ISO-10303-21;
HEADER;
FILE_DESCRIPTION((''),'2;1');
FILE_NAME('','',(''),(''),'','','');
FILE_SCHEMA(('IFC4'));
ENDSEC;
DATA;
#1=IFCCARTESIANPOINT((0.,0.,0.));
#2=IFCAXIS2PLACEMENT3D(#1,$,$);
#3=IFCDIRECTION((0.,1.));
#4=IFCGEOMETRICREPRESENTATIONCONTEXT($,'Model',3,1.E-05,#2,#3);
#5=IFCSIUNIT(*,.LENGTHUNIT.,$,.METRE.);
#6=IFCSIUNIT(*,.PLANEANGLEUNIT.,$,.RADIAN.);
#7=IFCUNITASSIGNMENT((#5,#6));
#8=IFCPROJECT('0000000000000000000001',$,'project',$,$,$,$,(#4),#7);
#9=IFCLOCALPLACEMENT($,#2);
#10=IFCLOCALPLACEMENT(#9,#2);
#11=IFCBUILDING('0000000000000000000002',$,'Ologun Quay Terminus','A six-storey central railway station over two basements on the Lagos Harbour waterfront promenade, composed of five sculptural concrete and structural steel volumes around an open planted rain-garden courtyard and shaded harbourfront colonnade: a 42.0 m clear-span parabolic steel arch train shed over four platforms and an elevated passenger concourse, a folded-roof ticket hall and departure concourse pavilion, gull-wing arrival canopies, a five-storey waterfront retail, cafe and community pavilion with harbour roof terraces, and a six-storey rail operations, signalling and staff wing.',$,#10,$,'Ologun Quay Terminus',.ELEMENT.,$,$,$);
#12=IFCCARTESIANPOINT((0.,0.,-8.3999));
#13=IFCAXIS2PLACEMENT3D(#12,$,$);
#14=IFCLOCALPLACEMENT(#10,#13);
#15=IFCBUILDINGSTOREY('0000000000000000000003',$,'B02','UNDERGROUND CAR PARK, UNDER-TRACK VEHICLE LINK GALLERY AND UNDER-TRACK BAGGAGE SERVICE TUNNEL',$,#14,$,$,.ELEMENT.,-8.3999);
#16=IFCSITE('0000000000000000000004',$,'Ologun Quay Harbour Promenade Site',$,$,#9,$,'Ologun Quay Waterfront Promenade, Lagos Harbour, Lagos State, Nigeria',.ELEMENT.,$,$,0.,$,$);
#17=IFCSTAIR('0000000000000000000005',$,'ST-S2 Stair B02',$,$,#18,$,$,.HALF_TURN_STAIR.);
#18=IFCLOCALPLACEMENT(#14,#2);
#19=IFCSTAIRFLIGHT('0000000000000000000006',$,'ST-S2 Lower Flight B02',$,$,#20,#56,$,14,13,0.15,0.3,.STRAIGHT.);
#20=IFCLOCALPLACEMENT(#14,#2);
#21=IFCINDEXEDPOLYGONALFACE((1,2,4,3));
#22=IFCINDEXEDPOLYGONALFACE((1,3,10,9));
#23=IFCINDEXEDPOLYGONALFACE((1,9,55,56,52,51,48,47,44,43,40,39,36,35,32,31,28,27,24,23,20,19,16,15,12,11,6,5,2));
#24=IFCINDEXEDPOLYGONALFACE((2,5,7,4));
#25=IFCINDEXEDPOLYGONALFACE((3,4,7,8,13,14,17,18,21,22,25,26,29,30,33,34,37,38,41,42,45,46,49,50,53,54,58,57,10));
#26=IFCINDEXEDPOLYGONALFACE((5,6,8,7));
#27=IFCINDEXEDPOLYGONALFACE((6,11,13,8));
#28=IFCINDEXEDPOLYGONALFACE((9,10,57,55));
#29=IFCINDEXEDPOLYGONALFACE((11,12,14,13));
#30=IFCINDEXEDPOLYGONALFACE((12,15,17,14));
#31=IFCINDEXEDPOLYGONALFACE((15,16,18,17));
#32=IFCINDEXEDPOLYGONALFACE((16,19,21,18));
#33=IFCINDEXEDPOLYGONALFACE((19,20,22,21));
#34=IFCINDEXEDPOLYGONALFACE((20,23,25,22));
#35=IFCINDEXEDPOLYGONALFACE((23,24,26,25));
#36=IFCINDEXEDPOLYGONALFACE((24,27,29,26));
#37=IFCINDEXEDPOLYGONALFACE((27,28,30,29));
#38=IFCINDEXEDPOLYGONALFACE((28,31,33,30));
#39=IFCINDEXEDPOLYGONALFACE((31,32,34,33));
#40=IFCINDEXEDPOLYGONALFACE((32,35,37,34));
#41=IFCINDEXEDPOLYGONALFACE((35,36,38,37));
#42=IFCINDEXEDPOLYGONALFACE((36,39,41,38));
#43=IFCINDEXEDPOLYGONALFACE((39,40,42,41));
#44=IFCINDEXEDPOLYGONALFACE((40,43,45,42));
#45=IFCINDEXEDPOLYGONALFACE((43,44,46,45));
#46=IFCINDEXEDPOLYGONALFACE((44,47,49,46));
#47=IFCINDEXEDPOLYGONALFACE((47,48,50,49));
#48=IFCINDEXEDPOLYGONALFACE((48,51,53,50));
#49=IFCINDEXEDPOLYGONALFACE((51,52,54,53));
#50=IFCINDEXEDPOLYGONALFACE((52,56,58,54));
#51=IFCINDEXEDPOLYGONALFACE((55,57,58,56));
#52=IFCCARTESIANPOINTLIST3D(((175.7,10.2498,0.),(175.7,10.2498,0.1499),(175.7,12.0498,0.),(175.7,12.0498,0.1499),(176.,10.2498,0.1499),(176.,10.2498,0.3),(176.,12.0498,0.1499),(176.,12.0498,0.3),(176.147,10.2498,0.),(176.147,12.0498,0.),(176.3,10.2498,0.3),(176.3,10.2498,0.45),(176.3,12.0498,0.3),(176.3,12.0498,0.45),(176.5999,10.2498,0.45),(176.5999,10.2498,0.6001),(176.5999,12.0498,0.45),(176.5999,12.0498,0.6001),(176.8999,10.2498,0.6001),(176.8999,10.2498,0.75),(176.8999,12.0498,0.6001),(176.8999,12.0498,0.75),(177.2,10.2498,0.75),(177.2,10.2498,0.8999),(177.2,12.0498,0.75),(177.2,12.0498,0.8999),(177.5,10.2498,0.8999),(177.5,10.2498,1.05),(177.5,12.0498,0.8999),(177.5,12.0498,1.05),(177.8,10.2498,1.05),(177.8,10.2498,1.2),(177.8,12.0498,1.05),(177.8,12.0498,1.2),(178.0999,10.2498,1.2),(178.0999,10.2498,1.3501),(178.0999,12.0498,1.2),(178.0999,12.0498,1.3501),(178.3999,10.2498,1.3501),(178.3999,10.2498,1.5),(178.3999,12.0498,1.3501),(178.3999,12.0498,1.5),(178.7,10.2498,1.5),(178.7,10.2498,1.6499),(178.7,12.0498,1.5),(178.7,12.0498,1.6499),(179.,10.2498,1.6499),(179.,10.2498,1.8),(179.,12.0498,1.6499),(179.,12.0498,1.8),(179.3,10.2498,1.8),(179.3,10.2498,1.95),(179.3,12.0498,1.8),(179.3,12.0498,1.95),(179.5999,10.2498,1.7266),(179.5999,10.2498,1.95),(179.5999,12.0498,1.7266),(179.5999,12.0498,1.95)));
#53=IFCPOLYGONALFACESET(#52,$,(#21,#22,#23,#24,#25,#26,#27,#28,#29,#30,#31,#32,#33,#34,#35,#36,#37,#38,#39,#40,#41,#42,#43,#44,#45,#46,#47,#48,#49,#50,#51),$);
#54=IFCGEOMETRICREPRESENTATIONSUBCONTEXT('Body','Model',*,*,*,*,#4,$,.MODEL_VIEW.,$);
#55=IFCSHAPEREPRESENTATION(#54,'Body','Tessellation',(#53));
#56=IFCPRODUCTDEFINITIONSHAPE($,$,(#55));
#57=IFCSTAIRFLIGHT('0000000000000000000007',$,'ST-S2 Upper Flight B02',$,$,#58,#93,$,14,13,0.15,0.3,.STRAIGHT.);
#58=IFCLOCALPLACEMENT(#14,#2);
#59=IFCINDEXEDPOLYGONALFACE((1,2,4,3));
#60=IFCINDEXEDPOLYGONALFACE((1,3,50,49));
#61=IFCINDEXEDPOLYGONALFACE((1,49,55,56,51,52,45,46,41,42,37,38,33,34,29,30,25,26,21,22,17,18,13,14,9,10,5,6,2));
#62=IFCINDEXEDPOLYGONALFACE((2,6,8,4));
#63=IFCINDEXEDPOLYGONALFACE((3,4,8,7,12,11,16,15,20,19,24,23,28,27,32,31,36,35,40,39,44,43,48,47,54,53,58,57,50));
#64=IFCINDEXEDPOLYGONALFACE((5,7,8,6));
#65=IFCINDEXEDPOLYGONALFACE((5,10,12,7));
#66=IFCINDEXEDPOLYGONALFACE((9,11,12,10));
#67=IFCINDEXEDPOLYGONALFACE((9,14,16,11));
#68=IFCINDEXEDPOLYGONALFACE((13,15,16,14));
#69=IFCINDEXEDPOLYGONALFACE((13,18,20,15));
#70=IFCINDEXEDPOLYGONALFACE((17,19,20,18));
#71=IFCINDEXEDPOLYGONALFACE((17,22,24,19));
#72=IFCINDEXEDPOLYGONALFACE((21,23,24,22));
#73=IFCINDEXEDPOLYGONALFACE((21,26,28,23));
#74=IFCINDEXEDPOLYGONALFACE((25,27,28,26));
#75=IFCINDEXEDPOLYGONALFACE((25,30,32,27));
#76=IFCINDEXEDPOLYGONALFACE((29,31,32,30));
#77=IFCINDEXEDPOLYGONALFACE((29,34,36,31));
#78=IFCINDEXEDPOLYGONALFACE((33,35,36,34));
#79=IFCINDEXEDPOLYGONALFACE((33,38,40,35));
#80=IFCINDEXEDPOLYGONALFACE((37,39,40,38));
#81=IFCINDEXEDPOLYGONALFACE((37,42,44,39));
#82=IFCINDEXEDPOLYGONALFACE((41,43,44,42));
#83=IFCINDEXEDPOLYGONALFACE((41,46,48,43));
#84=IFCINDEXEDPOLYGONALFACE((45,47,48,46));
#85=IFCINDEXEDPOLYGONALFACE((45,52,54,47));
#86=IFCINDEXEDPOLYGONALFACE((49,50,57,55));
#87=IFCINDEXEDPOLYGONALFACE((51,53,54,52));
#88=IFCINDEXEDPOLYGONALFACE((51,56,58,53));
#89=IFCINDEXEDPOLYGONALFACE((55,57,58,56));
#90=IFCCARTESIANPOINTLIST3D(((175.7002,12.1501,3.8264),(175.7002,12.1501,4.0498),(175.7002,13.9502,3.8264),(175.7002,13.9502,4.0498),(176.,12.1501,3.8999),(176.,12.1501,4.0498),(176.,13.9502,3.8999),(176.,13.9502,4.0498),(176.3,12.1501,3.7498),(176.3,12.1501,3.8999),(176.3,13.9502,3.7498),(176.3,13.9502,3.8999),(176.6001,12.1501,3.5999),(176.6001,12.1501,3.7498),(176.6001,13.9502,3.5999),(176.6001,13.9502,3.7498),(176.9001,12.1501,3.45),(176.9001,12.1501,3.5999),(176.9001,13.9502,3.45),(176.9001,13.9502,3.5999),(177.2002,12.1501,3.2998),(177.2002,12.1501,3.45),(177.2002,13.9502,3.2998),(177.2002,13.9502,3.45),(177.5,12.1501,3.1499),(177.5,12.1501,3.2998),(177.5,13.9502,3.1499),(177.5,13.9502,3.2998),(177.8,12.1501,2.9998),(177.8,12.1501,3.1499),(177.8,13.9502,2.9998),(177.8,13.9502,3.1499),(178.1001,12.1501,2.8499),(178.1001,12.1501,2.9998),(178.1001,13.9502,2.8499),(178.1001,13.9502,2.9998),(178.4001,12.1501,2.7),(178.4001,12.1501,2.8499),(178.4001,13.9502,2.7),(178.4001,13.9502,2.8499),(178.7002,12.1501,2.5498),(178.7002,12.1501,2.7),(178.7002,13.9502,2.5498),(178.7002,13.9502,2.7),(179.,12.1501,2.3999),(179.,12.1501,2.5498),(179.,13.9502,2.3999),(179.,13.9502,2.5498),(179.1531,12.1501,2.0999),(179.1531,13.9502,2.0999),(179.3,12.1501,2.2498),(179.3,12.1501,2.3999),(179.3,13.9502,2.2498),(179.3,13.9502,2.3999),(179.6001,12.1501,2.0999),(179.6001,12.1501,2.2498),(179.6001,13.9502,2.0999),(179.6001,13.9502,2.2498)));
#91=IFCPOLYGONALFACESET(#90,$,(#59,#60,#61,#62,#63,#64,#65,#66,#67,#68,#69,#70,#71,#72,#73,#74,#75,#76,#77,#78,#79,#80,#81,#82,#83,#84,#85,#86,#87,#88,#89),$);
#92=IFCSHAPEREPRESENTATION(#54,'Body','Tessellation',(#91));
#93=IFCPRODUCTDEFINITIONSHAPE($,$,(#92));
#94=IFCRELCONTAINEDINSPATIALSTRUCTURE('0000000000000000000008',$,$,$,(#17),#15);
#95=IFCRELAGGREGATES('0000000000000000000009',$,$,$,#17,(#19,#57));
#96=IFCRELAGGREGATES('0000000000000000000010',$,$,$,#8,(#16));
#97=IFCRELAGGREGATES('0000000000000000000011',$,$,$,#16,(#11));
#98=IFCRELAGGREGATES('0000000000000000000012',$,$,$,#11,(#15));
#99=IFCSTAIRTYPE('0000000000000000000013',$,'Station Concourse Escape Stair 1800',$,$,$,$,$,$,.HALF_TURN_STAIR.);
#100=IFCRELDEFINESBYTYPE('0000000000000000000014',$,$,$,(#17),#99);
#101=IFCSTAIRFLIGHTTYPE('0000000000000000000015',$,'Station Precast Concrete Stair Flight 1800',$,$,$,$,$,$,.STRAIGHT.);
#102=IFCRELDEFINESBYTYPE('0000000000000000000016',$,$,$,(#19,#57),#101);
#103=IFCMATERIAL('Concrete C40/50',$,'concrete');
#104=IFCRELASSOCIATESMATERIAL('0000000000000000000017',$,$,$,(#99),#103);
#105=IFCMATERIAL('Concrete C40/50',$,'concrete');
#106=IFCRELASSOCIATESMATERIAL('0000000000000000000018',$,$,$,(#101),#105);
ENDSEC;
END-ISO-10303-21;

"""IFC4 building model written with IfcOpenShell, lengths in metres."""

from ifc_helpers import new_model, si_unit, direction, frame, origin, place, context, subcontext, project, spatial, polyline, outline, extrude, material, type_object, element, aggregate, save


model = new_model("IFC4")

# Units and contexts
model_context = context("Model", 3, precision=1e-05, world=origin(), true_north=direction((0.0, 1.0)))
body_context = subcontext(model_context, "Body", "Model", "MODEL_VIEW")
ifc_project = project(units=[si_unit("LENGTHUNIT", "METRE"), si_unit("PLANEANGLEUNIT", "RADIAN")], contexts=[model_context])

# Site, building, storey
site_placement = place(None, origin())
site = spatial("IfcSite", under=ifc_project, at=site_placement, Name="Ologun Quay Harbour Promenade Site", LongName="Ologun Quay Waterfront Promenade, Lagos Harbour, Lagos State, Nigeria", CompositionType="ELEMENT", RefElevation=0.0)
building_placement = place(site_placement, origin())
building = spatial("IfcBuilding", under=site, at=building_placement, Name="Ologun Quay Terminus", Description="A six-storey central railway station over two basements on the Lagos Harbour waterfront promenade, composed of five sculptural concrete and structural steel volumes around an open planted rain-garden courtyard and shaded harbourfront colonnade: a 42.0 m clear-span parabolic steel arch train shed over four platforms and an elevated passenger concourse, a folded-roof ticket hall and departure concourse pavilion, gull-wing arrival canopies, a five-storey waterfront retail, cafe and community pavilion with harbour roof terraces, and a six-storey rail operations, signalling and staff wing.", LongName="Ologun Quay Terminus", CompositionType="ELEMENT")
storey_placement = place(building_placement, frame((0.0, 0.0, -8.3999)))
storey = spatial("IfcBuildingStorey", under=building, at=storey_placement, Name="B02", Description="UNDERGROUND CAR PARK, UNDER-TRACK VEHICLE LINK GALLERY AND UNDER-TRACK BAGGAGE SERVICE TUNNEL", CompositionType="ELEMENT", Elevation=-8.3999)

# Stair, stair flights
ifc_material_1 = material(Name="Concrete C40/50", Category="concrete")
stair_type = type_object("IfcStairType", Name="Station Concourse Escape Stair 1800", PredefinedType="HALF_TURN_STAIR", material=ifc_material_1)
stair_placement = place(storey_placement, origin())
stair = element("IfcStair", 1, at=stair_placement, inside=storey, type_object=stair_type, Name="ST-S2 Stair B02", PredefinedType="HALF_TURN_STAIR")
ifc_material_2 = material(Name="Concrete C40/50", Category="concrete")
stair_flight_type = type_object("IfcStairFlightType", Name="Station Precast Concrete Stair Flight 1800", PredefinedType="STRAIGHT", material=ifc_material_2)
stair_flight_1_placement = place(storey_placement, frame((175.7, 11.1499, 0.0), z_axis=(0.0, 0.0, 1.0), x_axis=(1.0, 0.0, 0.0)))
stair_flight_1 = element("IfcStairFlight", 2, at=stair_flight_1_placement, type_object=stair_flight_type, Name="ST-S2 Lower Flight B02", NumberOfRisers=14, NumberOfTreads=13, PredefinedType="STRAIGHT", RiserHeight=0.15, TreadLength=0.3, context=body_context, shape_type="SweptSolid", body=[
    extrude(outline(polyline([(0.0, 0.0), (0.0, 0.1499), (0.3, 0.1499), (0.3, 0.3), (0.6001, 0.3), (0.6001, 0.45), (0.8999, 0.45), (0.8999, 0.6001), (1.2, 0.6001), (1.2, 0.75), (1.5, 0.75), (1.5, 0.8999), (1.8, 0.8999), (1.8, 1.05), (2.1001, 1.05), (2.1001, 1.2), (2.3999, 1.2), (2.3999, 1.3501), (2.7, 1.3501), (2.7, 1.5), (3.0, 1.5), (3.0, 1.6499), (3.3, 1.6499), (3.3, 1.8), (3.6001, 1.8), (3.6001, 1.95), (3.8999, 1.95), (3.8999, 2.1001), (3.8999, 1.7266), (0.447, 0.0), (0.0, 0.0)])), frame((0.0, 0.8999, 0.0), z_axis=(0.0, -1.0, 0.0), x_axis=(1.0, 0.0, 0.0)), (0.0, 0.0, 1.0), 1.8),
])
stair_flight_2_placement = place(storey_placement, frame((179.6001, 13.05, 2.0999), z_axis=(0.0, 0.0, 1.0), x_axis=(-1.0, 0.0, 0.0)))
stair_flight_2 = element("IfcStairFlight", 3, at=stair_flight_2_placement, type_object=stair_flight_type, Name="ST-S2 Upper Flight B02", NumberOfRisers=14, NumberOfTreads=13, PredefinedType="STRAIGHT", RiserHeight=0.15, TreadLength=0.3, context=body_context, shape_type="SweptSolid", body=[
    extrude(outline(polyline([(0.0, 0.0), (0.0, 0.1499), (0.3, 0.1499), (0.3, 0.3), (0.6001, 0.3), (0.6001, 0.45), (0.8999, 0.45), (0.8999, 0.6001), (1.2, 0.6001), (1.2, 0.75), (1.5, 0.75), (1.5, 0.8999), (1.8, 0.8999), (1.8, 1.05), (2.1001, 1.05), (2.1001, 1.2), (2.3999, 1.2), (2.3999, 1.3501), (2.7, 1.3501), (2.7, 1.5), (3.0, 1.5), (3.0, 1.6499), (3.3, 1.6499), (3.3, 1.8), (3.6001, 1.8), (3.6001, 1.95), (3.8999, 1.95), (3.8999, 2.1001), (3.8999, 1.7266), (0.447, 0.0), (0.0, 0.0)])), frame((0.0, 0.8999, 0.0), z_axis=(0.0, -1.0, 0.0), x_axis=(1.0, 0.0, 0.0)), (0.0, 0.0, 1.0), 1.8),
])
aggregate(stair, [stair_flight_1, stair_flight_2])

save(model, "model.ifc")
